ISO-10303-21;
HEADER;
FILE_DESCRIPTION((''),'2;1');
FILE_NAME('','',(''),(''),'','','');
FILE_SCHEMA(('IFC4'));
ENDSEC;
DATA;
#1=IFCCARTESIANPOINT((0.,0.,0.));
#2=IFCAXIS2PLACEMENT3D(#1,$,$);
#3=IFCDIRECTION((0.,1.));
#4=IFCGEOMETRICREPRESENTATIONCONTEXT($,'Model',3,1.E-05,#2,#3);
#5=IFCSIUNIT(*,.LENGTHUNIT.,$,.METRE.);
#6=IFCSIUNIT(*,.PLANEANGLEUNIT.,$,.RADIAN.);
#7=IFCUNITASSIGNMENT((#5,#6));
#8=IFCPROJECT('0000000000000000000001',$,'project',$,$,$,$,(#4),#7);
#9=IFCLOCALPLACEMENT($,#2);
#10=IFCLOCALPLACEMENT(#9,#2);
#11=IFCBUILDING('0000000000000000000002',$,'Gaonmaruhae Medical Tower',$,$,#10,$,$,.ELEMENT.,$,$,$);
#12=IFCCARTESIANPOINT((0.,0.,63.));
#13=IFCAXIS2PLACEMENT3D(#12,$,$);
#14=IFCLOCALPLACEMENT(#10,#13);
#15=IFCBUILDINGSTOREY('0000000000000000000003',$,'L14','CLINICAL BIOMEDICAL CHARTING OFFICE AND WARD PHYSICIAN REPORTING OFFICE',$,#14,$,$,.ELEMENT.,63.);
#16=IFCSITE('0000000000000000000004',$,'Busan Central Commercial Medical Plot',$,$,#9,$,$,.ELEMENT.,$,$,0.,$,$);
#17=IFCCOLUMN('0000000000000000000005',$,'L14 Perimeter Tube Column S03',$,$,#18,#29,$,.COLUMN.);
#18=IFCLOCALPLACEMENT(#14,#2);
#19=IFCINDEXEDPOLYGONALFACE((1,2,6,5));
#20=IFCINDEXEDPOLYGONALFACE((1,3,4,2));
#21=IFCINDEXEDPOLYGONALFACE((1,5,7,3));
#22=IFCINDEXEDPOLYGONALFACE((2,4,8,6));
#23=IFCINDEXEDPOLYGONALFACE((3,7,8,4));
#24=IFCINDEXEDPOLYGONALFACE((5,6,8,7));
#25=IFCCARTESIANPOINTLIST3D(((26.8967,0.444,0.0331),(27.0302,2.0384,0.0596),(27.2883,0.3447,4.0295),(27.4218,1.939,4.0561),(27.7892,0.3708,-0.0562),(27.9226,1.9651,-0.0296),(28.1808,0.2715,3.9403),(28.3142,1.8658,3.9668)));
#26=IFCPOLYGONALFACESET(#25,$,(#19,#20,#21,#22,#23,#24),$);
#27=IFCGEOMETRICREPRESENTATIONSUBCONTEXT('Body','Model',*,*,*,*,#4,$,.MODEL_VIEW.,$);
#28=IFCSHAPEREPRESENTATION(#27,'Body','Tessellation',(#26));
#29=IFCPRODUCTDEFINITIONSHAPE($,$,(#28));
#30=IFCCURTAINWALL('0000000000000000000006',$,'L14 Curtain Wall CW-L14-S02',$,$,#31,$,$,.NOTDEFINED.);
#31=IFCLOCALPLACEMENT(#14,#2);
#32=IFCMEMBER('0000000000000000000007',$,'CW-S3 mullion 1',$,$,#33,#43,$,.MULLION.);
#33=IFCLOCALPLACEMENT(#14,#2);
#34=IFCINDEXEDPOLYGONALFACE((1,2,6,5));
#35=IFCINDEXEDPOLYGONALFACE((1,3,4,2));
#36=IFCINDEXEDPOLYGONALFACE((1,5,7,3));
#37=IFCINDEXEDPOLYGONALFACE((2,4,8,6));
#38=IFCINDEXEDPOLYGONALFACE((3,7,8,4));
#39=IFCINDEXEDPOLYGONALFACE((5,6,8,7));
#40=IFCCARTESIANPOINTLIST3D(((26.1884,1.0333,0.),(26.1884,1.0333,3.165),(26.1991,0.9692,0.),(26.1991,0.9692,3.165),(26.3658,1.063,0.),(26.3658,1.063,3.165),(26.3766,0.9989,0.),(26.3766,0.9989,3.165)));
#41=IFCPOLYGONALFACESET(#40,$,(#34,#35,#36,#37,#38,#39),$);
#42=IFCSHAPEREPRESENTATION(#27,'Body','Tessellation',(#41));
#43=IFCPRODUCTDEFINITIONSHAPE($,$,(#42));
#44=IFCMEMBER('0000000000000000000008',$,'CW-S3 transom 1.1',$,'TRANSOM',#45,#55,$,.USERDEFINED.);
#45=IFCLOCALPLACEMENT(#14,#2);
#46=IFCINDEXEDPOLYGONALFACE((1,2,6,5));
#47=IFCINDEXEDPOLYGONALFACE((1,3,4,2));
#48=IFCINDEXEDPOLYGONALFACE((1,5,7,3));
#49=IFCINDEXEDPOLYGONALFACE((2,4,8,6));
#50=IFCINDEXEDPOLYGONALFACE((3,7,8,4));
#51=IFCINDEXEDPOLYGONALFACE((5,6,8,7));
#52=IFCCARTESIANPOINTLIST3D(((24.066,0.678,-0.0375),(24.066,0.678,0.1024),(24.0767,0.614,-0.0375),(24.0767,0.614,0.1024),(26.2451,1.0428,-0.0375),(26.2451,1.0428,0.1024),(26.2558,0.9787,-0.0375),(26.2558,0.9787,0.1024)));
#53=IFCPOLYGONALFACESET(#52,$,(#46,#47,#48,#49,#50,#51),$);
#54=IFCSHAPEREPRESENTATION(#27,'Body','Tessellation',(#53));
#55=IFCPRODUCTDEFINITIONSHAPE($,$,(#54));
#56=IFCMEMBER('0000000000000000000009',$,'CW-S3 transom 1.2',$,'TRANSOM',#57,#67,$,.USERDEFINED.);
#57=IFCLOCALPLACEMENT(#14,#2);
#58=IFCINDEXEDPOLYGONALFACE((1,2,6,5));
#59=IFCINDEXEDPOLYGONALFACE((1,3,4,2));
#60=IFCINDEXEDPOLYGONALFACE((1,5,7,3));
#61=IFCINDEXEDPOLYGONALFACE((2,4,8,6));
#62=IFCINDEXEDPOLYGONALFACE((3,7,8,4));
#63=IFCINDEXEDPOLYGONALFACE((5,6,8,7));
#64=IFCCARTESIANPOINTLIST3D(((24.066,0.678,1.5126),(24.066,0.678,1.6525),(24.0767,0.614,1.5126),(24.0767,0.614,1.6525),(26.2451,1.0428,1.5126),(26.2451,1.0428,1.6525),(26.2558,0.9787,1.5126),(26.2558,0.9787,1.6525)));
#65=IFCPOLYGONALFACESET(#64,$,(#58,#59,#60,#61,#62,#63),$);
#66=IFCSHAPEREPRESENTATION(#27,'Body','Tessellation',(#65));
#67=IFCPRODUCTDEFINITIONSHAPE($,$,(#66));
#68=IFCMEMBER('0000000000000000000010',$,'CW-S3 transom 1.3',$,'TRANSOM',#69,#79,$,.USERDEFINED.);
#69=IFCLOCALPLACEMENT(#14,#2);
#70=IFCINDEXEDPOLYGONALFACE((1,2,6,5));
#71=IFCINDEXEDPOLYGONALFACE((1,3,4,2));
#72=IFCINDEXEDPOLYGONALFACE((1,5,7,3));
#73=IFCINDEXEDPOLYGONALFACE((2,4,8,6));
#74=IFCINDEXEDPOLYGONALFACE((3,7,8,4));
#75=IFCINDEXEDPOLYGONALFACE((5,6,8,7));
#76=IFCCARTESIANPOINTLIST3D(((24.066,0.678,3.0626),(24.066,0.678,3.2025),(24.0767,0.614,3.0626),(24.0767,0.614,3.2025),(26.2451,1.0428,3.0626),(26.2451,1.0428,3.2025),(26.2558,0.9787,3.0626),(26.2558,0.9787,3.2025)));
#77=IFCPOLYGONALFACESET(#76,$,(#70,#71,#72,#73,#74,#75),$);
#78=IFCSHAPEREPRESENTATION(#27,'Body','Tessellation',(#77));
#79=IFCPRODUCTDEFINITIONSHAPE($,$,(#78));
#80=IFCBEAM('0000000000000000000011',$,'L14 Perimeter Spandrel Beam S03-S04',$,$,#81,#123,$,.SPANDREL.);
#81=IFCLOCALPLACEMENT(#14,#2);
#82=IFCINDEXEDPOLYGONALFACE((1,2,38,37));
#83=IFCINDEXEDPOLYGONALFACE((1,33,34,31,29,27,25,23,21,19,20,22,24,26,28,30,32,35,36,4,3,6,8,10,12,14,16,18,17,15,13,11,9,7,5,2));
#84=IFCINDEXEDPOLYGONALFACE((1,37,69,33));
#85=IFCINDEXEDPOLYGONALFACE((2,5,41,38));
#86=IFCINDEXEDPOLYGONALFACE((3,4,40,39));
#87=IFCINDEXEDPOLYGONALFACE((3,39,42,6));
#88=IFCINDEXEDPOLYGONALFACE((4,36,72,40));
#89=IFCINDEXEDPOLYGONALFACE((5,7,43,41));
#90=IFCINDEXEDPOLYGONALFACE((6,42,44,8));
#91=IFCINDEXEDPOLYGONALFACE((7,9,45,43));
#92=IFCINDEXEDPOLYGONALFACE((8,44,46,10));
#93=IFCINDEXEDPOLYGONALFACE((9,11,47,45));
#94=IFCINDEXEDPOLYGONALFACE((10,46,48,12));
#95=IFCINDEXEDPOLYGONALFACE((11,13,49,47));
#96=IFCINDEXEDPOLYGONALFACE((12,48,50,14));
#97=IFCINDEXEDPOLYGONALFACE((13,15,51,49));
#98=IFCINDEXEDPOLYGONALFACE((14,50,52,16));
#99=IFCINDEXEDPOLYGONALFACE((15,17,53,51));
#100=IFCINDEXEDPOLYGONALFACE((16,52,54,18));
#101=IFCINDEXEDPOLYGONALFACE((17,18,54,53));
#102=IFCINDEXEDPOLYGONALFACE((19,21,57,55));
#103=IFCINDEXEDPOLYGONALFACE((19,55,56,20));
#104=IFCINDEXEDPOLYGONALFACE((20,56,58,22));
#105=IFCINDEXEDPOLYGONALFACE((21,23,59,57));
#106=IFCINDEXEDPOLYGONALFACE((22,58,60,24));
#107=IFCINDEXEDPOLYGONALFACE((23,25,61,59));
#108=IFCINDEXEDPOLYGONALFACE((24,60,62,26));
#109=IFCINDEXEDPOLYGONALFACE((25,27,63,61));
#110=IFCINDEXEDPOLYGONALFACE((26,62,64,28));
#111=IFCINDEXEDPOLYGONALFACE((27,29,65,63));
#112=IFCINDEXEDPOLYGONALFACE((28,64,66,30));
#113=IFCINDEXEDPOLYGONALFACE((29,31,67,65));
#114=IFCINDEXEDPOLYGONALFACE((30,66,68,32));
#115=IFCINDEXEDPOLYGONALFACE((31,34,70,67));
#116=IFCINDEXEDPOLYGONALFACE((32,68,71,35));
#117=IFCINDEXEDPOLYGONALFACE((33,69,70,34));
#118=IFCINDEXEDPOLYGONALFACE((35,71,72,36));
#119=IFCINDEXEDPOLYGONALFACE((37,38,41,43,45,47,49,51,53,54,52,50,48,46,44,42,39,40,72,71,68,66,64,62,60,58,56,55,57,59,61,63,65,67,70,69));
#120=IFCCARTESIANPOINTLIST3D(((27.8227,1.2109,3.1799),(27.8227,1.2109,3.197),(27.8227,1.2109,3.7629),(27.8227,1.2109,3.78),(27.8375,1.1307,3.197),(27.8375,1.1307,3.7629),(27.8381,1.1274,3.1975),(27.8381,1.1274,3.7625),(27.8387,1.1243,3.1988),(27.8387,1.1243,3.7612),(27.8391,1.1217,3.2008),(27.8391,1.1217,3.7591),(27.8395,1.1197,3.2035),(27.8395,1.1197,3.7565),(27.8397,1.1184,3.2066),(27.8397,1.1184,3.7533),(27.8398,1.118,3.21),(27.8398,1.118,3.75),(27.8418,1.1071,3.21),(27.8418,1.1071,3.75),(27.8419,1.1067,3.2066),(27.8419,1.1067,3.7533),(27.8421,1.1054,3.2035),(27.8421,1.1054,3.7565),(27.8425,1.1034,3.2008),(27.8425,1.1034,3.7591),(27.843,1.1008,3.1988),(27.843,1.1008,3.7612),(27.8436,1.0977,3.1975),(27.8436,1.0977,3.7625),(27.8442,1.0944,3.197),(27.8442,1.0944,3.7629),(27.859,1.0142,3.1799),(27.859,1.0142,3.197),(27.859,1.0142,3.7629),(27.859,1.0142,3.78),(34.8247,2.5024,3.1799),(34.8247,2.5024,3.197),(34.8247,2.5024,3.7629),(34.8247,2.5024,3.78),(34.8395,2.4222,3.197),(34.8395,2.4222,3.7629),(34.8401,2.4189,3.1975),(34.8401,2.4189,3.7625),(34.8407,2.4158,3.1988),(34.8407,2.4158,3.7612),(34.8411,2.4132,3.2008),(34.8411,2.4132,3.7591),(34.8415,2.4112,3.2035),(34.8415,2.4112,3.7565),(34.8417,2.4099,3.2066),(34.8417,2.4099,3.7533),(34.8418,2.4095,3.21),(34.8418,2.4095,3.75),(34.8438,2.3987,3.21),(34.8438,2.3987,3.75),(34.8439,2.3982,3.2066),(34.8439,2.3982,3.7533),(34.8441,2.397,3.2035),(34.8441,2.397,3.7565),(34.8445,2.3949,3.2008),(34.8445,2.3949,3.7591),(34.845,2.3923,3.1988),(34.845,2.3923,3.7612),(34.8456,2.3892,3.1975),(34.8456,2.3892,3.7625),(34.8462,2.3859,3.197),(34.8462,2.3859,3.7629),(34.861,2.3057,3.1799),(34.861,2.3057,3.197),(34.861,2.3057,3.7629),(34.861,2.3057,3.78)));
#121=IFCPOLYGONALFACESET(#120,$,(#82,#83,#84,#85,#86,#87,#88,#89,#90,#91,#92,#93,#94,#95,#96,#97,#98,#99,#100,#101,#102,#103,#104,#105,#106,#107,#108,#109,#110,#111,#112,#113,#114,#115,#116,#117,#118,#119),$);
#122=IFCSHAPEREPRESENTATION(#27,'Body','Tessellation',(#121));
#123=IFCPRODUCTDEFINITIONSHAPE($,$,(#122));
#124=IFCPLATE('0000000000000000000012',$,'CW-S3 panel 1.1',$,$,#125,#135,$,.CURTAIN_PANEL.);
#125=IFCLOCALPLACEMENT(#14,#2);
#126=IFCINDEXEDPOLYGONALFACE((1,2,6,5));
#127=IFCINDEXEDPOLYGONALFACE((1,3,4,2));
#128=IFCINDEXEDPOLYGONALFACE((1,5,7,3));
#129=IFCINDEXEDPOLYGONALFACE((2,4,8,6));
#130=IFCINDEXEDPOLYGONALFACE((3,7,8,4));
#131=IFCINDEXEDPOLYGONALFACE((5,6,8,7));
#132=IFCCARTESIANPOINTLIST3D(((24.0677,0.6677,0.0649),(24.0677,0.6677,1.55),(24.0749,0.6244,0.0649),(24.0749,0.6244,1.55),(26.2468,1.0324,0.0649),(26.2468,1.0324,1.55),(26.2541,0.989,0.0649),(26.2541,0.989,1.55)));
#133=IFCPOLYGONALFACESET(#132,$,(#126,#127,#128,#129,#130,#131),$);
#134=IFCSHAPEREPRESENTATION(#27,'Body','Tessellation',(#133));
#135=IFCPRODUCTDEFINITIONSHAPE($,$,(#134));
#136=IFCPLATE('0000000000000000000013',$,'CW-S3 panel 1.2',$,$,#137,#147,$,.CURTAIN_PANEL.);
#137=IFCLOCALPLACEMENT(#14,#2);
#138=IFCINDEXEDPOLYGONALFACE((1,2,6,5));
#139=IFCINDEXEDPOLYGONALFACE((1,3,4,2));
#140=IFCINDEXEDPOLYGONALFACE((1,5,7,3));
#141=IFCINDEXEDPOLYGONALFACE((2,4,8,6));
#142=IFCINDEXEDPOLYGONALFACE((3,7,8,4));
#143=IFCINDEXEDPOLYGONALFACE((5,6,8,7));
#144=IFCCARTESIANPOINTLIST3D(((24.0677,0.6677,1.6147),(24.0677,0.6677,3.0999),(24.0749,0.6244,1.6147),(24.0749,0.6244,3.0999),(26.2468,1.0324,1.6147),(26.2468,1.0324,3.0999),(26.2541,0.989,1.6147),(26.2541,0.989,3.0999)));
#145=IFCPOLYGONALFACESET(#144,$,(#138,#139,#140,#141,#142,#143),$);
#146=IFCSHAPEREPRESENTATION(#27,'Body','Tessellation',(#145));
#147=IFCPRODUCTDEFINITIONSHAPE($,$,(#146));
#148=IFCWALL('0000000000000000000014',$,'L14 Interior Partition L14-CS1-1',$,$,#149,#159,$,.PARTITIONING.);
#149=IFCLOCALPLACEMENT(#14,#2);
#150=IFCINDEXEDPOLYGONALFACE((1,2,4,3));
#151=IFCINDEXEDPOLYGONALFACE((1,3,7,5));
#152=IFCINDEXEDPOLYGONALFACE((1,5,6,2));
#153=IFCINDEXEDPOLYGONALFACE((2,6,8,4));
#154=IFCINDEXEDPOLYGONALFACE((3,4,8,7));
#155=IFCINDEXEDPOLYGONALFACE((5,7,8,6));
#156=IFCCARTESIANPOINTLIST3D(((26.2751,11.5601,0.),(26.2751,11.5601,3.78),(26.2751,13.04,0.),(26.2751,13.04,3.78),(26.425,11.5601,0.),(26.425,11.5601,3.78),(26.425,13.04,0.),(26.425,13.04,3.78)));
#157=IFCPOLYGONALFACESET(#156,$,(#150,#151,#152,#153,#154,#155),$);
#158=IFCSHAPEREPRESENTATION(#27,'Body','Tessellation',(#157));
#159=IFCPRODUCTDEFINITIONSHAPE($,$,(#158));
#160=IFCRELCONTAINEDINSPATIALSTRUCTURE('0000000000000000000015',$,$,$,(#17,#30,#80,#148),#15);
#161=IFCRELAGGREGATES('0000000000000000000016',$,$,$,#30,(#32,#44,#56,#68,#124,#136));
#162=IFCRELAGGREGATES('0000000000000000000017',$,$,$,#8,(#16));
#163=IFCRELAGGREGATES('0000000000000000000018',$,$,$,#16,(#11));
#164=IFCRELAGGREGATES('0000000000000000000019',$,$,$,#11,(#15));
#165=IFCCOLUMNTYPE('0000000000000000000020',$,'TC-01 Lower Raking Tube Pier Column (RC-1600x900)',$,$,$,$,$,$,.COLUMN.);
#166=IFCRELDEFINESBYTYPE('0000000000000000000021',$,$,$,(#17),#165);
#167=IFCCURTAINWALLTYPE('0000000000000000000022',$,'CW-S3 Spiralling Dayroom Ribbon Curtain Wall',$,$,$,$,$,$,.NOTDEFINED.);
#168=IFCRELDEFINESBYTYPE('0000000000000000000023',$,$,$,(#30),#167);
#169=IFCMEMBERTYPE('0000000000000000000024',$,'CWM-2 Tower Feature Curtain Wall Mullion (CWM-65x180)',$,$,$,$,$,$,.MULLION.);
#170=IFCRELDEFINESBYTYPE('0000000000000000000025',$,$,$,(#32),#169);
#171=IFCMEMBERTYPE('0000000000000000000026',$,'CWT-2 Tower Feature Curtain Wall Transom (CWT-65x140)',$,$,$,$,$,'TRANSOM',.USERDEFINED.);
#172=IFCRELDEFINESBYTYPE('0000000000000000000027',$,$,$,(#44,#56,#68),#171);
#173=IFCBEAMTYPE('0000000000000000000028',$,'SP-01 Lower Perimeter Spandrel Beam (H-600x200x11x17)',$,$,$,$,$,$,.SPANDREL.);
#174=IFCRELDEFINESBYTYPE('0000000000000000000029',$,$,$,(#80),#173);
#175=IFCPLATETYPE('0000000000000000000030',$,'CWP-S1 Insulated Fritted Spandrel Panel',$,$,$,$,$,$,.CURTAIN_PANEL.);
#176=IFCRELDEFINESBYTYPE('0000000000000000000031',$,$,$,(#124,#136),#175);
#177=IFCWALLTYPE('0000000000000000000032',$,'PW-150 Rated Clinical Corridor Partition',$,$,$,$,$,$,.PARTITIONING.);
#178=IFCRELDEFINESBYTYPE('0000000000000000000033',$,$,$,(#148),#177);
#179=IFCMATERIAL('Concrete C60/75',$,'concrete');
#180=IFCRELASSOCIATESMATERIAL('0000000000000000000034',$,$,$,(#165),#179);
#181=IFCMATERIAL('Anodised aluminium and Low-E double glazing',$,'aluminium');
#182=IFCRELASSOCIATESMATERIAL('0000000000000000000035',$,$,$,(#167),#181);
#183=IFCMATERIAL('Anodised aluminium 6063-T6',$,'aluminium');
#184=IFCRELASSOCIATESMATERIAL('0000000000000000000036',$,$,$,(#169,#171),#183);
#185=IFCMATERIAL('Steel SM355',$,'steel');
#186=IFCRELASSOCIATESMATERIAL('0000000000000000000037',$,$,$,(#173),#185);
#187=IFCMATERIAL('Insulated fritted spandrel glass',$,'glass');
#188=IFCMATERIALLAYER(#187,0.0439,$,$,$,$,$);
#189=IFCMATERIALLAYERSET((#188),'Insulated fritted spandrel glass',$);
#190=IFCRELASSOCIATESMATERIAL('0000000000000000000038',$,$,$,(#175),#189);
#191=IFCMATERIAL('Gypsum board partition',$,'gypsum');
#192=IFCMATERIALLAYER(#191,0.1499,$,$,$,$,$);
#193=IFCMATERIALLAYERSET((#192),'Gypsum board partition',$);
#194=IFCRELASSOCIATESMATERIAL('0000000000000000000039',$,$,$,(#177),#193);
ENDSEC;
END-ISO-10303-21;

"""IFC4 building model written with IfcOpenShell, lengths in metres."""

from ifc_helpers import new_model, si_unit, direction, frame, frame_2d, origin, origin_2d, place, context, subcontext, project, spatial, rectangle, i_section, extrude, material, layer, layer_set, material_profile, profile_set, type_object, element, aggregate, save


model = new_model("IFC4")

# Units and contexts
model_context = context("Model", 3, precision=1e-05, world=origin(), true_north=direction((0.0, 1.0)))
body_context = subcontext(model_context, "Body", "Model", "MODEL_VIEW")
ifc_project = project(units=[si_unit("LENGTHUNIT", "METRE"), si_unit("PLANEANGLEUNIT", "RADIAN")], contexts=[model_context])

# Site, building, storey
site_placement = place(None, origin())
site = spatial("IfcSite", under=ifc_project, at=site_placement, Name="Busan Central Commercial Medical Plot", CompositionType="ELEMENT", RefElevation=0.0)
building_placement = place(site_placement, origin())
building = spatial("IfcBuilding", under=site, at=building_placement, Name="Gaonmaruhae Medical Tower", CompositionType="ELEMENT")
storey_placement = place(building_placement, frame((0.0, 0.0, 63.0)))
storey = spatial("IfcBuildingStorey", under=building, at=storey_placement, Name="L14", Description="CLINICAL BIOMEDICAL CHARTING OFFICE AND WARD PHYSICIAN REPORTING OFFICE", CompositionType="ELEMENT", Elevation=63.0)

# Column
ifc_material_1 = material(Name="Concrete C60/75", Category="concrete")
ifc_material_profile_1 = material_profile(ifc_material_1, rectangle(XDim=1.6001, YDim=0.8999, at=origin_2d()), Name="RC-1600x900")
ifc_profile_set_1 = profile_set([ifc_material_profile_1], Name="Concrete C60/75")
column_type = type_object("IfcColumnType", Name="TC-01 Lower Raking Tube Pier Column (RC-1600x900)", PredefinedType="COLUMN", material=ifc_profile_set_1)
column_placement = place(storey_placement, frame((27.4097, 1.2046, 0.0017), z_axis=(0.097487, -0.024736, 0.994929), x_axis=(0.083407, 0.996377, 0.0166)))
element("IfcColumn", 1, at=column_placement, inside=storey, type_object=column_type, Name="L14 Perimeter Tube Column S03", PredefinedType="COLUMN", context=body_context, shape_type="SweptSolid", body=[
    extrude(rectangle(XDim=1.6001, YDim=0.8999, at=origin_2d()), origin(), (0.0, 0.0, 1.0), 4.0168),
])

# Curtain wall, members
ifc_material_2 = material(Name="Anodised aluminium and Low-E double glazing", Category="aluminium")
curtain_wall_type = type_object("IfcCurtainWallType", Name="CW-S3 Spiralling Dayroom Ribbon Curtain Wall", PredefinedType="NOTDEFINED", material=ifc_material_2)
curtain_wall_placement = place(storey_placement, origin())
curtain_wall = element("IfcCurtainWall", 2, at=curtain_wall_placement, inside=storey, type_object=curtain_wall_type, Name="L14 Curtain Wall CW-L14-S02", PredefinedType="NOTDEFINED")
ifc_material_3 = material(Name="Anodised aluminium 6063-T6", Category="aluminium")
ifc_material_profile_2 = material_profile(ifc_material_3, rectangle(XDim=0.0649, YDim=0.1799, at=origin_2d()), Name="CWM-65x180")
ifc_profile_set_2 = profile_set([ifc_material_profile_2], Name="Anodised aluminium 6063-T6")
member_type_1 = type_object("IfcMemberType", Name="CWM-2 Tower Feature Curtain Wall Mullion (CWM-65x180)", PredefinedType="MULLION", material=ifc_profile_set_2)
member_1_placement = place(storey_placement, frame((26.2825, 1.0161, 0.0), z_axis=(0.0, 0.0, 1.0), x_axis=(0.165042, -0.986287, 0.0)))
member_1 = element("IfcMember", 3, at=member_1_placement, type_object=member_type_1, Name="CW-S3 mullion 1", PredefinedType="MULLION", context=body_context, shape_type="SweptSolid", body=[
    extrude(rectangle(XDim=0.0649, YDim=0.1799, at=origin_2d()), origin(), (0.0, 0.0, 1.0), 3.165),
])
ifc_material_profile_3 = material_profile(ifc_material_3, rectangle(XDim=0.0649, YDim=0.1399, at=origin_2d()), Name="CWT-65x140")
ifc_profile_set_3 = profile_set([ifc_material_profile_3], Name="Anodised aluminium 6063-T6")
member_type_2 = type_object("IfcMemberType", Name="CWT-2 Tower Feature Curtain Wall Transom (CWT-65x140)", ElementType="TRANSOM", PredefinedType="USERDEFINED", material=ifc_profile_set_3)
member_2_placement = place(storey_placement, frame((26.2505, 1.0107, 0.0325), z_axis=(-0.98628, -0.16508, 0.0), x_axis=(0.16508, -0.98628, 0.0)))
member_2 = element("IfcMember", 4, at=member_2_placement, type_object=member_type_2, Name="CW-S3 transom 1.1", ObjectType="TRANSOM", PredefinedType="USERDEFINED", context=body_context, shape_type="SweptSolid", body=[
    extrude(rectangle(XDim=0.0649, YDim=0.1399, at=origin_2d()), origin(), (0.0, 0.0, 1.0), 2.2095),
])
member_3_placement = place(storey_placement, frame((26.2505, 1.0107, 1.5825), z_axis=(-0.98628, -0.16508, 0.0), x_axis=(0.16508, -0.98628, 0.0)))
member_3 = element("IfcMember", 5, at=member_3_placement, type_object=member_type_2, Name="CW-S3 transom 1.2", ObjectType="TRANSOM", PredefinedType="USERDEFINED", context=body_context, shape_type="SweptSolid", body=[
    extrude(rectangle(XDim=0.0649, YDim=0.1399, at=origin_2d()), origin(), (0.0, 0.0, 1.0), 2.2095),
])
member_4_placement = place(storey_placement, frame((26.2505, 1.0107, 3.1326), z_axis=(-0.98628, -0.16508, 0.0), x_axis=(0.16508, -0.98628, 0.0)))
member_4 = element("IfcMember", 6, at=member_4_placement, type_object=member_type_2, Name="CW-S3 transom 1.3", ObjectType="TRANSOM", PredefinedType="USERDEFINED", context=body_context, shape_type="SweptSolid", body=[
    extrude(rectangle(XDim=0.0649, YDim=0.1399, at=origin_2d()), origin(), (0.0, 0.0, 1.0), 2.2095),
])

# Beam
ifc_material_4 = material(Name="Steel SM355", Category="steel")
ifc_material_profile_4 = material_profile(ifc_material_4, i_section(OverallWidth=0.2, OverallDepth=0.6001, WebThickness=0.011, FlangeThickness=0.0171, FilletRadius=0.0129, at=origin_2d()), Name="H-600x200x11x17")
ifc_profile_set_4 = profile_set([ifc_material_profile_4], Name="Steel SM355")
beam_type = type_object("IfcBeamType", Name="SP-01 Lower Perimeter Spandrel Beam (H-600x200x11x17)", PredefinedType="SPANDREL", material=ifc_profile_set_4)
beam_placement = place(storey_placement, frame((27.8408, 1.1125, 3.48), z_axis=(0.983411, 0.181389, 0.0), x_axis=(-0.181389, 0.983411, 0.0)))
element("IfcBeam", 7, at=beam_placement, inside=storey, type_object=beam_type, Name="L14 Perimeter Spandrel Beam S03-S04", PredefinedType="SPANDREL", context=body_context, shape_type="SweptSolid", body=[
    extrude(i_section(OverallWidth=0.2, OverallDepth=0.6001, WebThickness=0.011, FlangeThickness=0.0171, FilletRadius=0.0129, at=origin_2d()), origin(), (0.0, 0.0, 1.0), 7.1201),
])

# Plates
ifc_material_5 = material(Name="Insulated fritted spandrel glass", Category="glass")
ifc_layer_1 = layer(ifc_material_5, 0.0439)
ifc_layer_set_1 = layer_set([ifc_layer_1], Name="Insulated fritted spandrel glass")
plate_type = type_object("IfcPlateType", Name="CWP-S1 Insulated Fritted Spandrel Panel", PredefinedType="CURTAIN_PANEL", material=ifc_layer_set_1)
plate_1_placement = place(storey_placement, frame((25.1609, 0.8284, 0.0649), z_axis=(0.0, 0.0, 1.0), x_axis=(-0.986287, -0.165042, 0.0)))
plate_1 = element("IfcPlate", 8, at=plate_1_placement, type_object=plate_type, Name="CW-S3 panel 1.1", PredefinedType="CURTAIN_PANEL", context=body_context, shape_type="SweptSolid", body=[
    extrude(rectangle(XDim=2.2095, YDim=0.0439, at=origin_2d()), origin(), (0.0, 0.0, 1.0), 1.4851),
])
plate_2_placement = place(storey_placement, frame((25.1609, 0.8284, 1.6147), z_axis=(0.0, 0.0, 1.0), x_axis=(-0.986287, -0.165042, 0.0)))
plate_2 = element("IfcPlate", 9, at=plate_2_placement, type_object=plate_type, Name="CW-S3 panel 1.2", PredefinedType="CURTAIN_PANEL", context=body_context, shape_type="SweptSolid", body=[
    extrude(rectangle(XDim=2.2095, YDim=0.0439, at=origin_2d()), origin(), (0.0, 0.0, 1.0), 1.4851),
])
aggregate(curtain_wall, [member_1, member_2, member_3, member_4, plate_1, plate_2])

# Wall
ifc_material_6 = material(Name="Gypsum board partition", Category="gypsum")
ifc_layer_2 = layer(ifc_material_6, 0.1499)
ifc_layer_set_2 = layer_set([ifc_layer_2], Name="Gypsum board partition")
wall_type_1 = type_object("IfcWallType", Name="PW-150 Rated Clinical Corridor Partition", PredefinedType="PARTITIONING", material=ifc_layer_set_2)
wall_1_placement = place(storey_placement, frame((26.3501, 11.5601, 0.0), z_axis=(0.0, 0.0, 1.0), x_axis=(0.0, 1.0, 0.0)))
element("IfcWall", 10, at=wall_1_placement, inside=storey, type_object=wall_type_1, Name="L14 Interior Partition L14-CS1-1", PredefinedType="PARTITIONING", context=body_context, shape_type="SweptSolid", body=[
    extrude(rectangle(XDim=1.48, YDim=0.1499, at=frame_2d((0.74, 0.0))), origin(), (0.0, 0.0, 1.0), 3.78),
])

save(model, "model.ifc")
